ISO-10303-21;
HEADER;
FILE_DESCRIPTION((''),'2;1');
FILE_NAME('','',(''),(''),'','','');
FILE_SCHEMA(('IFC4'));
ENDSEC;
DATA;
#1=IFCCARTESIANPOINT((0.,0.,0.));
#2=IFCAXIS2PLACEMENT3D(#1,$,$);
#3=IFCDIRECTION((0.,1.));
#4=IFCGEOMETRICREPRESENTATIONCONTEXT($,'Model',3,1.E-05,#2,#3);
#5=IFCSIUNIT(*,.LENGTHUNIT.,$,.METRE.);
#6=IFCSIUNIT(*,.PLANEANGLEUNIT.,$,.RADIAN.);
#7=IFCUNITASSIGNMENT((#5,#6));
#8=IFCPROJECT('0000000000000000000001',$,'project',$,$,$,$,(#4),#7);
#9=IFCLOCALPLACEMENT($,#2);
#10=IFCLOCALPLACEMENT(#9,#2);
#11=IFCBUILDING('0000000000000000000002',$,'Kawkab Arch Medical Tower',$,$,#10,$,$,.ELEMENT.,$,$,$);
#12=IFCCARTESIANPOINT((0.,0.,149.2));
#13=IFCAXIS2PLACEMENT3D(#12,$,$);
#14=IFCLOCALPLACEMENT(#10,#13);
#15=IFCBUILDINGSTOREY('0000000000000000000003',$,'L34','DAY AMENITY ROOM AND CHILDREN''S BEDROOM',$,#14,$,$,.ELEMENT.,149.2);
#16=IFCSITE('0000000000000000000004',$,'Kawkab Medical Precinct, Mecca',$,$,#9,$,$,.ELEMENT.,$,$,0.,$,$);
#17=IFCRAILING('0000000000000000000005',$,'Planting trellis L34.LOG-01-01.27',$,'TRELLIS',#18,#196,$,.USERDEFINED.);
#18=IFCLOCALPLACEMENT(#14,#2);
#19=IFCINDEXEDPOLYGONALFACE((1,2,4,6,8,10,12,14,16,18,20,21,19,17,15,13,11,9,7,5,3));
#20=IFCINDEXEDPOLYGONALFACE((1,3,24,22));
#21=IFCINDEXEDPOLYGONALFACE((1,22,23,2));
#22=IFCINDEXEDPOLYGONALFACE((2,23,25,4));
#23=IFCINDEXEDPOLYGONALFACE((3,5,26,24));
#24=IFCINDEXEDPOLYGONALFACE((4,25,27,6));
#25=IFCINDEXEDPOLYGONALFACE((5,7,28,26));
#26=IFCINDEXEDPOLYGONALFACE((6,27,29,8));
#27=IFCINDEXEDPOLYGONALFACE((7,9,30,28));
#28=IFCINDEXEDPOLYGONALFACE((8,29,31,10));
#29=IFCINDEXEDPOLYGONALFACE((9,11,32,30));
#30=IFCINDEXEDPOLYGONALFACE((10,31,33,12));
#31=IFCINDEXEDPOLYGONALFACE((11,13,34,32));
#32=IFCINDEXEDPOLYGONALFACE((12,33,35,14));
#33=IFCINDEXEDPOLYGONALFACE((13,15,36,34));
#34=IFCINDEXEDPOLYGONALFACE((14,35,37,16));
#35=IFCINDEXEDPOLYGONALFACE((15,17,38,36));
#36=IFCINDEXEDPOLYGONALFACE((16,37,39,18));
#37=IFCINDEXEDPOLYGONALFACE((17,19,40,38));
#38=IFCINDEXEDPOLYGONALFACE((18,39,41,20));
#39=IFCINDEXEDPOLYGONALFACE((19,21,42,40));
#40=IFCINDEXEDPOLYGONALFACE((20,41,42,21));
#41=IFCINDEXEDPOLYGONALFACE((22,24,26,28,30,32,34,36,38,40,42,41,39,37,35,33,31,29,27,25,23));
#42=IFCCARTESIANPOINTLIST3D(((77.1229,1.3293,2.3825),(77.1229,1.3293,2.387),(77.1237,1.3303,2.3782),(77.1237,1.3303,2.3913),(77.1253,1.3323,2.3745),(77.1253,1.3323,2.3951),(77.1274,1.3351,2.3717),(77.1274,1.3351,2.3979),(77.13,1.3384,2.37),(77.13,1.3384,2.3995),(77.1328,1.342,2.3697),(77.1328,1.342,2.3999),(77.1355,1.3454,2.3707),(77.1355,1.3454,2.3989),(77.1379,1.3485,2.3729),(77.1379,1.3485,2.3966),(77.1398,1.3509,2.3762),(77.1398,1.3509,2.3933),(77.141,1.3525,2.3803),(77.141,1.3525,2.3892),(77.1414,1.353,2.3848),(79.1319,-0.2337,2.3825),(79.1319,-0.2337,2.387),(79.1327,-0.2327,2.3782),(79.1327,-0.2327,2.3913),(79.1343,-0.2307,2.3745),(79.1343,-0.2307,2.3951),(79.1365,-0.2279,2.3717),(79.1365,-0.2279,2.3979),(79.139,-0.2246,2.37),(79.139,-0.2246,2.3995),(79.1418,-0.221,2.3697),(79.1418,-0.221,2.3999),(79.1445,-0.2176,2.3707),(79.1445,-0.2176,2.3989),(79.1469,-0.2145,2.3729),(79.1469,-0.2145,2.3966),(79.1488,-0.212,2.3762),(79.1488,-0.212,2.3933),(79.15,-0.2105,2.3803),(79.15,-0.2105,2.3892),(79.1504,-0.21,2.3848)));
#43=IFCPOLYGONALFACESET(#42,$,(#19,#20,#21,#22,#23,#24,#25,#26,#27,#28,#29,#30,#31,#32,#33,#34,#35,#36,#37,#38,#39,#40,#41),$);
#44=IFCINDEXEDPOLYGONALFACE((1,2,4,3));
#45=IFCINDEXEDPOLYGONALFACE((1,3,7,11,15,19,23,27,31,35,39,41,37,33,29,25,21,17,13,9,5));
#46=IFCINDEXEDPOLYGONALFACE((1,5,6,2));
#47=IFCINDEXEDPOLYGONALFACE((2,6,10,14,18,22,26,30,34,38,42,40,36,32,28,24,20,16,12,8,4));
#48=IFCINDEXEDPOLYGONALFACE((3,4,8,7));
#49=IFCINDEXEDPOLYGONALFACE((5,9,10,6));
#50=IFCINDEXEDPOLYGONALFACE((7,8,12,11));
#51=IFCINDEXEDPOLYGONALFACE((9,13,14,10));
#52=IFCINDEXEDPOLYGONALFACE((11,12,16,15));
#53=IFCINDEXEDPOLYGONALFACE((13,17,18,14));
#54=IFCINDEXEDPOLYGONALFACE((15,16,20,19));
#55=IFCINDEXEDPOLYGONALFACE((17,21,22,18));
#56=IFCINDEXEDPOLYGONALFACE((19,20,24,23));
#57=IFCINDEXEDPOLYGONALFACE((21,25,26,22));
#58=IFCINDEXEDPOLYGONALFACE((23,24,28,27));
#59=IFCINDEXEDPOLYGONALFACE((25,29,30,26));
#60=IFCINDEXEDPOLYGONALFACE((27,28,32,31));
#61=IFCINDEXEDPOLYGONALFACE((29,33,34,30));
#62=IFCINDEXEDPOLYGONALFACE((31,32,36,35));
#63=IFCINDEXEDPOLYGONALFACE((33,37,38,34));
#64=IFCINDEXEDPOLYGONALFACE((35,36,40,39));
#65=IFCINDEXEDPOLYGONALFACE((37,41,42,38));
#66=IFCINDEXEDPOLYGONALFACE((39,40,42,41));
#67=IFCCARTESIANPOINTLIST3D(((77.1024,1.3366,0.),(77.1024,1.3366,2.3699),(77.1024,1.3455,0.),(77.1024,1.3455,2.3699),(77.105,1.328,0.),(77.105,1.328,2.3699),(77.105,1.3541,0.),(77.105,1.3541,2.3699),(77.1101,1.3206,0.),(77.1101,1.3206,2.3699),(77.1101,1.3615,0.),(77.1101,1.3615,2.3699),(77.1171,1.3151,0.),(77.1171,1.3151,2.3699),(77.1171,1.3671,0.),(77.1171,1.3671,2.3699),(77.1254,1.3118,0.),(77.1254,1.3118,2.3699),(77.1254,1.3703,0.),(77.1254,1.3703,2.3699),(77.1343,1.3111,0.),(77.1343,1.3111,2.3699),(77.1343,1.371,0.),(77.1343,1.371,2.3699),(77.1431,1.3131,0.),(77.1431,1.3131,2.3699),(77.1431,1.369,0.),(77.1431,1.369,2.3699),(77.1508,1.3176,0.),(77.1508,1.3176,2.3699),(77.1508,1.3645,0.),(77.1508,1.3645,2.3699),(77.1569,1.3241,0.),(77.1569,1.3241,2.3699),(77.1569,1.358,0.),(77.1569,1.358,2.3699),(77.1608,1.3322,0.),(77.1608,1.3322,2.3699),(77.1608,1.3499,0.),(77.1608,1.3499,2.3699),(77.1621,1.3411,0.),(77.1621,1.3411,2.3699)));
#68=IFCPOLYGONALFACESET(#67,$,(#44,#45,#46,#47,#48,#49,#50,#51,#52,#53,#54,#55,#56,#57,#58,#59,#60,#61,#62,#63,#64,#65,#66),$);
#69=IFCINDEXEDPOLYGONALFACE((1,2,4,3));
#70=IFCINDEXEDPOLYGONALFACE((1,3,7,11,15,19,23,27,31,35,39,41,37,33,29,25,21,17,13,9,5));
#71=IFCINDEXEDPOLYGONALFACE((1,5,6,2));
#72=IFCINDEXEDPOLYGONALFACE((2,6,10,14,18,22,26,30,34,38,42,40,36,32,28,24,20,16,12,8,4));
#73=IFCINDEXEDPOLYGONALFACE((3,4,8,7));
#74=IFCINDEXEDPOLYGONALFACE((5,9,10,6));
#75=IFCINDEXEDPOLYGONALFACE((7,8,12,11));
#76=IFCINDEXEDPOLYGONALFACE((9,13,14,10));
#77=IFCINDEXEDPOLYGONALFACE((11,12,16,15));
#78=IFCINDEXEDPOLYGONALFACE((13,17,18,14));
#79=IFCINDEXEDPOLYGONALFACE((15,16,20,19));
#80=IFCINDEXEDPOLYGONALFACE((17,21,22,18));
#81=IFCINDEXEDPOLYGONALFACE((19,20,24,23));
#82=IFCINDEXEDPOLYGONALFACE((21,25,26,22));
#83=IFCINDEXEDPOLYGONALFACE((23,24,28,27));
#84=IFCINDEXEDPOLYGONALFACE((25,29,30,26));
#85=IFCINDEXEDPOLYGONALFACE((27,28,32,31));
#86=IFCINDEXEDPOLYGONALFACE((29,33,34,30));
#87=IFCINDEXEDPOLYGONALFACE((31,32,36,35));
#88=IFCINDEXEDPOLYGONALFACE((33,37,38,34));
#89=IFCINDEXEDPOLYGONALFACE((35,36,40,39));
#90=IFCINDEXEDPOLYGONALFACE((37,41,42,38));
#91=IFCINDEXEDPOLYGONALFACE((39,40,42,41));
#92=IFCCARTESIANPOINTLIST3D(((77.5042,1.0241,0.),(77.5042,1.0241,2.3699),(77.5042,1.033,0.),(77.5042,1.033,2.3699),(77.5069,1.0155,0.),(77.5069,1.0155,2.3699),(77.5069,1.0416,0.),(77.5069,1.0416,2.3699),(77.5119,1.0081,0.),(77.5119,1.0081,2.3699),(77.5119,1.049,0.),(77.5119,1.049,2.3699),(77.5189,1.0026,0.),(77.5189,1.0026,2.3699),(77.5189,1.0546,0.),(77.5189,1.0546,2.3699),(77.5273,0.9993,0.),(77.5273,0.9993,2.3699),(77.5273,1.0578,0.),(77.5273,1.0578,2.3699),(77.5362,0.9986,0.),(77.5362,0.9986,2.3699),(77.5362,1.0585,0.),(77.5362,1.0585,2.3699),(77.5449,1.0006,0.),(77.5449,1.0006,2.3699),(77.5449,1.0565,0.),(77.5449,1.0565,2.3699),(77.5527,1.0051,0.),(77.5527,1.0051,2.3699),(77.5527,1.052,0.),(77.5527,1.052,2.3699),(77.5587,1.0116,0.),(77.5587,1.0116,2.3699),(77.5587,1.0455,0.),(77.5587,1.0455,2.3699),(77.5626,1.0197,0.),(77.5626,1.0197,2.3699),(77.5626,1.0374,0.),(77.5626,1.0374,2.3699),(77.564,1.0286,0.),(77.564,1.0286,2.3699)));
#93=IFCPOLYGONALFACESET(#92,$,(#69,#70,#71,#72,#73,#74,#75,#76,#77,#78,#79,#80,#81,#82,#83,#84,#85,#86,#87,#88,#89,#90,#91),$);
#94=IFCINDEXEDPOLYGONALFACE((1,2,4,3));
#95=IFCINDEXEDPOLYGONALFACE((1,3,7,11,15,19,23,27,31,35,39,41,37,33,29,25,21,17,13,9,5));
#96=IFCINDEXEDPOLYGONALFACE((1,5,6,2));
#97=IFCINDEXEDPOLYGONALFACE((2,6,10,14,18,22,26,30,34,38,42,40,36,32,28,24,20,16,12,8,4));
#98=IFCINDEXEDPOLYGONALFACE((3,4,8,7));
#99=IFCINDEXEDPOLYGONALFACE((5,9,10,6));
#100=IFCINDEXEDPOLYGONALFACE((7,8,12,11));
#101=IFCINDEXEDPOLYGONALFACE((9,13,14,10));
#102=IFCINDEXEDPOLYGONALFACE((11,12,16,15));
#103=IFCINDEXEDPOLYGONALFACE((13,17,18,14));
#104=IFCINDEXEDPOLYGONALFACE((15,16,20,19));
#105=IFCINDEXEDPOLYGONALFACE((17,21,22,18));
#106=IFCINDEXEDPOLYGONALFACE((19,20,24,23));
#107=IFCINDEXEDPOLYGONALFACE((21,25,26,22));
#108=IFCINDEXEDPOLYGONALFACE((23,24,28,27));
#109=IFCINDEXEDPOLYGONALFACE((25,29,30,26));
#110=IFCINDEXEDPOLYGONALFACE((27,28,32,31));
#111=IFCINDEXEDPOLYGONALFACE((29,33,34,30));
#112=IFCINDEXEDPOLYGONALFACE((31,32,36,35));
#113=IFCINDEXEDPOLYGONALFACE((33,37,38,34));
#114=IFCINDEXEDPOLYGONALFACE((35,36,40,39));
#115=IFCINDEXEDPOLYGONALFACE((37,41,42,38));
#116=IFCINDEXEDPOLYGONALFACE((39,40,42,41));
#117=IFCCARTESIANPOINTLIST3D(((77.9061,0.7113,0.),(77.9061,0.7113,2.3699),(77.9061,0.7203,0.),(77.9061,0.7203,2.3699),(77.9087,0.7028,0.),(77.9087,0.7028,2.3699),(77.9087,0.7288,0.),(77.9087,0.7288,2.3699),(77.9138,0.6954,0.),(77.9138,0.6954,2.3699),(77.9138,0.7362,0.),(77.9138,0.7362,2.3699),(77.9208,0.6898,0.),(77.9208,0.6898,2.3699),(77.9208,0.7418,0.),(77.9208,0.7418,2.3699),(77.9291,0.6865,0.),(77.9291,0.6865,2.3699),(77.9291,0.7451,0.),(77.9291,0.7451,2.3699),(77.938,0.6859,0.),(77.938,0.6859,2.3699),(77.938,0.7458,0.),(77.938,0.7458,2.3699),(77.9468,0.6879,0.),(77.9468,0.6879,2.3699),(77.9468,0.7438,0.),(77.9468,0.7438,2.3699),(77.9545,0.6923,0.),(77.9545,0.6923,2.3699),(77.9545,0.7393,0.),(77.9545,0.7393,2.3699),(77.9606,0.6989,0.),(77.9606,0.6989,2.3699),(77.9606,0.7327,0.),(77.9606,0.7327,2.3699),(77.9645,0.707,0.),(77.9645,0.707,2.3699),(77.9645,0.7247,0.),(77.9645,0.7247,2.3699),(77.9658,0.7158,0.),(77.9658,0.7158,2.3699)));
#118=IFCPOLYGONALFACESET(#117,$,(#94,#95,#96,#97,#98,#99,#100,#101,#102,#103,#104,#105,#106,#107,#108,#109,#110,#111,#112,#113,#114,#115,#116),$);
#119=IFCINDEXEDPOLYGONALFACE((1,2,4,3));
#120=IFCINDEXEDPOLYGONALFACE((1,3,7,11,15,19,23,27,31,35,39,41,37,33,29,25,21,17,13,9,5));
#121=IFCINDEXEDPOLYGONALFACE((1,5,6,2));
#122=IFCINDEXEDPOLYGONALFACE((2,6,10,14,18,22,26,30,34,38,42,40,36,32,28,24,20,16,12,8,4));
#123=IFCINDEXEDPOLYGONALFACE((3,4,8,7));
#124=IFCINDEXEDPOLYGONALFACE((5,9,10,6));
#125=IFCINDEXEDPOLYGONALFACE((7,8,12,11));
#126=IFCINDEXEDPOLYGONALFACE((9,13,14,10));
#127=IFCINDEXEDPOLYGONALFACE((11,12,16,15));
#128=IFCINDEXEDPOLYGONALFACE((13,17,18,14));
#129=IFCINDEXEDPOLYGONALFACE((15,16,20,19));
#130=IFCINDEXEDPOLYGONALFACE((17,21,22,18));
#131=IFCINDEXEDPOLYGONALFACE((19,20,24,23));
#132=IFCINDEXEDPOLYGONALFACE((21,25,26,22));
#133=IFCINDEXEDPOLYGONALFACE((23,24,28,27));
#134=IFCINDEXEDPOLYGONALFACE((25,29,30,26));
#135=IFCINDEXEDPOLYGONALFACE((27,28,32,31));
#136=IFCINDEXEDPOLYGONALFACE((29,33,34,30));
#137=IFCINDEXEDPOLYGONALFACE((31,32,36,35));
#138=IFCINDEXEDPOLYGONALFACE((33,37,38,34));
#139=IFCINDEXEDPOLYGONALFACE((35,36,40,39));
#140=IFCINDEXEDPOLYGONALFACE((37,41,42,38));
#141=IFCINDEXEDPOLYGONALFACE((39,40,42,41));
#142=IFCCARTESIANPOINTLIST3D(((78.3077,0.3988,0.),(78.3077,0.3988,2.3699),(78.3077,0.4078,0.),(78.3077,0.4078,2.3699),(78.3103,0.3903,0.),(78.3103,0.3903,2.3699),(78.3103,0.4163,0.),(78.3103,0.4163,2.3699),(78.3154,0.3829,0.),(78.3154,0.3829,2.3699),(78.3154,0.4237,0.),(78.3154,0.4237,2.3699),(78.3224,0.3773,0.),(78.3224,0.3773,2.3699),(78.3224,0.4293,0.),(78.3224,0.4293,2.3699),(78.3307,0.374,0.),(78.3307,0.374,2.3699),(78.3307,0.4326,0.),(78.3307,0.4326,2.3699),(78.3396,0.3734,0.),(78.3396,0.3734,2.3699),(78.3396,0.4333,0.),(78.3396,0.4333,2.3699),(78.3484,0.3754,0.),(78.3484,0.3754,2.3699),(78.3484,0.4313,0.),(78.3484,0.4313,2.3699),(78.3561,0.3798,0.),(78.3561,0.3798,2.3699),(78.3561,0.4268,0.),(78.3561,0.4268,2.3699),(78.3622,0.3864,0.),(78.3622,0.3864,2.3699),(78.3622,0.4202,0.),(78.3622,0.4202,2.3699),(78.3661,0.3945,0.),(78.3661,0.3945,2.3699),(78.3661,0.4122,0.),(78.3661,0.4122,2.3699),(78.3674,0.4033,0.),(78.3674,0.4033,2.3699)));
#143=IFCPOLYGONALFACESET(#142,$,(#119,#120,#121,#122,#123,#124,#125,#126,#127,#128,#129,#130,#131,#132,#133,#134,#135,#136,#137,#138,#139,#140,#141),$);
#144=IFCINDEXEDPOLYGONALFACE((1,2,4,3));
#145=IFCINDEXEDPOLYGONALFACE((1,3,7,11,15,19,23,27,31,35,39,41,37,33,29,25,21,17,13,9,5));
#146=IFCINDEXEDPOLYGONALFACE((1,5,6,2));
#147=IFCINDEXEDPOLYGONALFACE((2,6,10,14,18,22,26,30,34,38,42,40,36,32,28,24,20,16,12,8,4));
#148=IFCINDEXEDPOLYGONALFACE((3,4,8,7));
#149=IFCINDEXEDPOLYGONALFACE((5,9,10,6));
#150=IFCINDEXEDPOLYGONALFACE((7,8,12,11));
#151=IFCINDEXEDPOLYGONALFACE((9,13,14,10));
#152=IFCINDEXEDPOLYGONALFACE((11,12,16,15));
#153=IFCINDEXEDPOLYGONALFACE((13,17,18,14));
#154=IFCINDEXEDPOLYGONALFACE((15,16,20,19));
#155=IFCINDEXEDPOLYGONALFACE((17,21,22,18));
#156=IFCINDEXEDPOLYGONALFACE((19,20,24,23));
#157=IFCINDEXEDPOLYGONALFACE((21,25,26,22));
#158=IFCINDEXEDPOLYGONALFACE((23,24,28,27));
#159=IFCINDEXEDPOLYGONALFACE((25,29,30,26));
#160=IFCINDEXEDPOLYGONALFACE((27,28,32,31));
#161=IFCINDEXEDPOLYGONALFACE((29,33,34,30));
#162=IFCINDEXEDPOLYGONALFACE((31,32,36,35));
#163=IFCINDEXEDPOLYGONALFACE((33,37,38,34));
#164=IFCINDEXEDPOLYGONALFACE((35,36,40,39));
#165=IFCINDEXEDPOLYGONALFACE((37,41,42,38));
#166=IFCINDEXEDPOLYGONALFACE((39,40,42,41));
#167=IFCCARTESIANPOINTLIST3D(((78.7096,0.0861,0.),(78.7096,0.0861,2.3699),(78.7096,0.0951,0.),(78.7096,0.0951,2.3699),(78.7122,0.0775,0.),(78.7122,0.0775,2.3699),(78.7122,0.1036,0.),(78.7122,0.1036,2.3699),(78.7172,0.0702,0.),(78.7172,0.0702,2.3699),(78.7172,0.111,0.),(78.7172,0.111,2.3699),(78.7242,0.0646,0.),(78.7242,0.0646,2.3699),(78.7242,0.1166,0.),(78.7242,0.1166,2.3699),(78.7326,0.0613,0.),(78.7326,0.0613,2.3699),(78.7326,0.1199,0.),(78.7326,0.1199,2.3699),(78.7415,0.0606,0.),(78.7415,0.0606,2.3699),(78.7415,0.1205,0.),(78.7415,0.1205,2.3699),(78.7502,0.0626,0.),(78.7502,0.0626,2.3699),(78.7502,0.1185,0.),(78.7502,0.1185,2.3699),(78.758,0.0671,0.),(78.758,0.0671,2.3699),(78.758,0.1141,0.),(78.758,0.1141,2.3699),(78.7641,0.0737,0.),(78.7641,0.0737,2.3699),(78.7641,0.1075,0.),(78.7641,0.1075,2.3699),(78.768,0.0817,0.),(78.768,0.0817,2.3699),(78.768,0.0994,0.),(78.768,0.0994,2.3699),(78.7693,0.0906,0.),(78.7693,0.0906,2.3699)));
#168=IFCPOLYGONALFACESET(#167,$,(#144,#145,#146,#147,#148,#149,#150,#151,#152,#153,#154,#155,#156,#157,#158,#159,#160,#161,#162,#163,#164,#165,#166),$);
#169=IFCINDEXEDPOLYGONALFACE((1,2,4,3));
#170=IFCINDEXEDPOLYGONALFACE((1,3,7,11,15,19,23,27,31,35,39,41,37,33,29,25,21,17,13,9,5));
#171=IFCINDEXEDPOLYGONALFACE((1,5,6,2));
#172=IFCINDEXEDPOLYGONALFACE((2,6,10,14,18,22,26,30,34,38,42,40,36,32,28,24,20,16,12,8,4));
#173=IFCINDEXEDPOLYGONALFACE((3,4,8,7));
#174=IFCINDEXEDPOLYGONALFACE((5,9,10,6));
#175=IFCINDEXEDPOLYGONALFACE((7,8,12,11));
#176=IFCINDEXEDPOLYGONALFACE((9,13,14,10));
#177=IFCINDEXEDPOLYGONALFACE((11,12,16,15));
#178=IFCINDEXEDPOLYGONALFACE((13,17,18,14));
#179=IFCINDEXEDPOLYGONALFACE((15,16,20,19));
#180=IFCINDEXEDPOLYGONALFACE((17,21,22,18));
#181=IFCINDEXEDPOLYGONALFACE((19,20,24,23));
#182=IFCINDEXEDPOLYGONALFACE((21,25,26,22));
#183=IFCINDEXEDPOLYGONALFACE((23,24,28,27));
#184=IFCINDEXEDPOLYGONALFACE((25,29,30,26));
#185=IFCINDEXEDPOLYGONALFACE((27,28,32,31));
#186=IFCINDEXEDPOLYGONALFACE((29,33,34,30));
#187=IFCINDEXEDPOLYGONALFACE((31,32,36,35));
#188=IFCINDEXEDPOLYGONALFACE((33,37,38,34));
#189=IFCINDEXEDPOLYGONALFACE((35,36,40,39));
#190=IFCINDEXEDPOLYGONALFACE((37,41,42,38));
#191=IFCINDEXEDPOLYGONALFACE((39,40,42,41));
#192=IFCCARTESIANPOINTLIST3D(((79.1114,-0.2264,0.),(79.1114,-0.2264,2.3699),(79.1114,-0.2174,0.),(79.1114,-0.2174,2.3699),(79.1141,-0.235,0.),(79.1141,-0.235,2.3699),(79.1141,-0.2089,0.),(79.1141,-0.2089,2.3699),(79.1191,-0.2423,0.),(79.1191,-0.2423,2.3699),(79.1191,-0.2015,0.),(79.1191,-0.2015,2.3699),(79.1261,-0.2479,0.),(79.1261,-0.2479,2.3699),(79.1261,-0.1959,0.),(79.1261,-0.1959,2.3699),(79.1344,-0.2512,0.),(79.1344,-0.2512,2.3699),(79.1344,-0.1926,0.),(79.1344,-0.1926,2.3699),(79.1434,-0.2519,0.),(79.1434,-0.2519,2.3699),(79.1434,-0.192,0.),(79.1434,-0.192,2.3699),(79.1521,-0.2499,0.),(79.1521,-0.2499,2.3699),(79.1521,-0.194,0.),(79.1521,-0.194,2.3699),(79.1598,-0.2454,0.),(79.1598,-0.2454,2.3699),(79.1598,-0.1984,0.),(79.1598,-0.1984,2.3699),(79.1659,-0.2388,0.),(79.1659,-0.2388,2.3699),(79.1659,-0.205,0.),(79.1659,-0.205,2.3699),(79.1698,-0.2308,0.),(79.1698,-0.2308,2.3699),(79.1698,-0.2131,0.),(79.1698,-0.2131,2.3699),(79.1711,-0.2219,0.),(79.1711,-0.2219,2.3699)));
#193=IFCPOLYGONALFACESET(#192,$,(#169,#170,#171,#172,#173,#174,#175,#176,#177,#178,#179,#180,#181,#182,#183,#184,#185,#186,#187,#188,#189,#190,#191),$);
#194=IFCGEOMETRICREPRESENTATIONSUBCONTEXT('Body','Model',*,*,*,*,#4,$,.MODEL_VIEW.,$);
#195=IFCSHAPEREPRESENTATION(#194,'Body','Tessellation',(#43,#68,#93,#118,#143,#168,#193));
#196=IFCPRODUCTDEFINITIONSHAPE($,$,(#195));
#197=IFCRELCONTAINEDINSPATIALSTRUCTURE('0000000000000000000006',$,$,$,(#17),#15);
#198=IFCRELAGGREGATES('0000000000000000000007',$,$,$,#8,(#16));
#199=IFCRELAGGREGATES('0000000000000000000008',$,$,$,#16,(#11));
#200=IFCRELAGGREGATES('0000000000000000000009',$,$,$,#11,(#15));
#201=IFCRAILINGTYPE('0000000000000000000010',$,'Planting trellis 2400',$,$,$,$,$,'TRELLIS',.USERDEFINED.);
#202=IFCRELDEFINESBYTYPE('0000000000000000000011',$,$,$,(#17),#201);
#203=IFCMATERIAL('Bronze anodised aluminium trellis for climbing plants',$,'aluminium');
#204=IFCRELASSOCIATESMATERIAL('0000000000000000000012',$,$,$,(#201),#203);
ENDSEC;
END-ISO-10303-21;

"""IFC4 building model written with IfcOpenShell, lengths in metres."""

from ifc_helpers import new_model, si_unit, direction, frame, origin, origin_2d, place, context, subcontext, project, spatial, circle, extrude, material, type_object, element, save


model = new_model("IFC4")

# Units and contexts
model_context = context("Model", 3, precision=1e-05, world=origin(), true_north=direction((0.0, 1.0)))
body_context = subcontext(model_context, "Body", "Model", "MODEL_VIEW")
ifc_project = project(units=[si_unit("LENGTHUNIT", "METRE"), si_unit("PLANEANGLEUNIT", "RADIAN")], contexts=[model_context])

# Site, building, storey
site_placement = place(None, origin())
site = spatial("IfcSite", under=ifc_project, at=site_placement, Name="Kawkab Medical Precinct, Mecca", CompositionType="ELEMENT", RefElevation=0.0)
building_placement = place(site_placement, origin())
building = spatial("IfcBuilding", under=site, at=building_placement, Name="Kawkab Arch Medical Tower", CompositionType="ELEMENT")
storey_placement = place(building_placement, frame((0.0, 0.0, 149.2)))
storey = spatial("IfcBuildingStorey", under=building, at=storey_placement, Name="L34", Description="DAY AMENITY ROOM AND CHILDREN'S BEDROOM", CompositionType="ELEMENT", Elevation=149.2)

# Railing
ifc_material_1 = material(Name="Bronze anodised aluminium trellis for climbing plants", Category="aluminium")
railing_type = type_object("IfcRailingType", Name="Planting trellis 2400", ElementType="TRELLIS", PredefinedType="USERDEFINED", material=ifc_material_1)
railing_1_placement = place(storey_placement, frame((77.1321, 1.3411, 0.0)))
element("IfcRailing", 1, at=railing_1_placement, inside=storey, type_object=railing_type, Name="Planting trellis L34.LOG-01-01.27", ObjectType="TRELLIS", PredefinedType="USERDEFINED", context=body_context, shape_type="SweptSolid", body=[
    extrude(circle(Radius=0.0151, at=origin_2d()), frame((0.0, 0.0, 2.3848), z_axis=(0.789275, -0.61404, 0.0), x_axis=(0.61404, 0.789275, 0.0)), (0.0, 0.0, 1.0), 2.5454),
    extrude(circle(Radius=0.03, at=origin_2d()), origin(), (0.0, 0.0, 1.0), 2.3699),
    extrude(circle(Radius=0.03, at=origin_2d()), frame((0.4019, -0.3125, 0.0)), (0.0, 0.0, 1.0), 2.3699),
    extrude(circle(Radius=0.03, at=origin_2d()), frame((0.8037, -0.6252, 0.0)), (0.0, 0.0, 1.0), 2.3699),
    extrude(circle(Radius=0.03, at=origin_2d()), frame((1.2053, -0.9377, 0.0)), (0.0, 0.0, 1.0), 2.3699),
    extrude(circle(Radius=0.03, at=origin_2d()), frame((1.6072, -1.2505, 0.0)), (0.0, 0.0, 1.0), 2.3699),
    extrude(circle(Radius=0.03, at=origin_2d()), frame((2.009, -1.563, 0.0)), (0.0, 0.0, 1.0), 2.3699),
])

save(model, "model.ifc")
